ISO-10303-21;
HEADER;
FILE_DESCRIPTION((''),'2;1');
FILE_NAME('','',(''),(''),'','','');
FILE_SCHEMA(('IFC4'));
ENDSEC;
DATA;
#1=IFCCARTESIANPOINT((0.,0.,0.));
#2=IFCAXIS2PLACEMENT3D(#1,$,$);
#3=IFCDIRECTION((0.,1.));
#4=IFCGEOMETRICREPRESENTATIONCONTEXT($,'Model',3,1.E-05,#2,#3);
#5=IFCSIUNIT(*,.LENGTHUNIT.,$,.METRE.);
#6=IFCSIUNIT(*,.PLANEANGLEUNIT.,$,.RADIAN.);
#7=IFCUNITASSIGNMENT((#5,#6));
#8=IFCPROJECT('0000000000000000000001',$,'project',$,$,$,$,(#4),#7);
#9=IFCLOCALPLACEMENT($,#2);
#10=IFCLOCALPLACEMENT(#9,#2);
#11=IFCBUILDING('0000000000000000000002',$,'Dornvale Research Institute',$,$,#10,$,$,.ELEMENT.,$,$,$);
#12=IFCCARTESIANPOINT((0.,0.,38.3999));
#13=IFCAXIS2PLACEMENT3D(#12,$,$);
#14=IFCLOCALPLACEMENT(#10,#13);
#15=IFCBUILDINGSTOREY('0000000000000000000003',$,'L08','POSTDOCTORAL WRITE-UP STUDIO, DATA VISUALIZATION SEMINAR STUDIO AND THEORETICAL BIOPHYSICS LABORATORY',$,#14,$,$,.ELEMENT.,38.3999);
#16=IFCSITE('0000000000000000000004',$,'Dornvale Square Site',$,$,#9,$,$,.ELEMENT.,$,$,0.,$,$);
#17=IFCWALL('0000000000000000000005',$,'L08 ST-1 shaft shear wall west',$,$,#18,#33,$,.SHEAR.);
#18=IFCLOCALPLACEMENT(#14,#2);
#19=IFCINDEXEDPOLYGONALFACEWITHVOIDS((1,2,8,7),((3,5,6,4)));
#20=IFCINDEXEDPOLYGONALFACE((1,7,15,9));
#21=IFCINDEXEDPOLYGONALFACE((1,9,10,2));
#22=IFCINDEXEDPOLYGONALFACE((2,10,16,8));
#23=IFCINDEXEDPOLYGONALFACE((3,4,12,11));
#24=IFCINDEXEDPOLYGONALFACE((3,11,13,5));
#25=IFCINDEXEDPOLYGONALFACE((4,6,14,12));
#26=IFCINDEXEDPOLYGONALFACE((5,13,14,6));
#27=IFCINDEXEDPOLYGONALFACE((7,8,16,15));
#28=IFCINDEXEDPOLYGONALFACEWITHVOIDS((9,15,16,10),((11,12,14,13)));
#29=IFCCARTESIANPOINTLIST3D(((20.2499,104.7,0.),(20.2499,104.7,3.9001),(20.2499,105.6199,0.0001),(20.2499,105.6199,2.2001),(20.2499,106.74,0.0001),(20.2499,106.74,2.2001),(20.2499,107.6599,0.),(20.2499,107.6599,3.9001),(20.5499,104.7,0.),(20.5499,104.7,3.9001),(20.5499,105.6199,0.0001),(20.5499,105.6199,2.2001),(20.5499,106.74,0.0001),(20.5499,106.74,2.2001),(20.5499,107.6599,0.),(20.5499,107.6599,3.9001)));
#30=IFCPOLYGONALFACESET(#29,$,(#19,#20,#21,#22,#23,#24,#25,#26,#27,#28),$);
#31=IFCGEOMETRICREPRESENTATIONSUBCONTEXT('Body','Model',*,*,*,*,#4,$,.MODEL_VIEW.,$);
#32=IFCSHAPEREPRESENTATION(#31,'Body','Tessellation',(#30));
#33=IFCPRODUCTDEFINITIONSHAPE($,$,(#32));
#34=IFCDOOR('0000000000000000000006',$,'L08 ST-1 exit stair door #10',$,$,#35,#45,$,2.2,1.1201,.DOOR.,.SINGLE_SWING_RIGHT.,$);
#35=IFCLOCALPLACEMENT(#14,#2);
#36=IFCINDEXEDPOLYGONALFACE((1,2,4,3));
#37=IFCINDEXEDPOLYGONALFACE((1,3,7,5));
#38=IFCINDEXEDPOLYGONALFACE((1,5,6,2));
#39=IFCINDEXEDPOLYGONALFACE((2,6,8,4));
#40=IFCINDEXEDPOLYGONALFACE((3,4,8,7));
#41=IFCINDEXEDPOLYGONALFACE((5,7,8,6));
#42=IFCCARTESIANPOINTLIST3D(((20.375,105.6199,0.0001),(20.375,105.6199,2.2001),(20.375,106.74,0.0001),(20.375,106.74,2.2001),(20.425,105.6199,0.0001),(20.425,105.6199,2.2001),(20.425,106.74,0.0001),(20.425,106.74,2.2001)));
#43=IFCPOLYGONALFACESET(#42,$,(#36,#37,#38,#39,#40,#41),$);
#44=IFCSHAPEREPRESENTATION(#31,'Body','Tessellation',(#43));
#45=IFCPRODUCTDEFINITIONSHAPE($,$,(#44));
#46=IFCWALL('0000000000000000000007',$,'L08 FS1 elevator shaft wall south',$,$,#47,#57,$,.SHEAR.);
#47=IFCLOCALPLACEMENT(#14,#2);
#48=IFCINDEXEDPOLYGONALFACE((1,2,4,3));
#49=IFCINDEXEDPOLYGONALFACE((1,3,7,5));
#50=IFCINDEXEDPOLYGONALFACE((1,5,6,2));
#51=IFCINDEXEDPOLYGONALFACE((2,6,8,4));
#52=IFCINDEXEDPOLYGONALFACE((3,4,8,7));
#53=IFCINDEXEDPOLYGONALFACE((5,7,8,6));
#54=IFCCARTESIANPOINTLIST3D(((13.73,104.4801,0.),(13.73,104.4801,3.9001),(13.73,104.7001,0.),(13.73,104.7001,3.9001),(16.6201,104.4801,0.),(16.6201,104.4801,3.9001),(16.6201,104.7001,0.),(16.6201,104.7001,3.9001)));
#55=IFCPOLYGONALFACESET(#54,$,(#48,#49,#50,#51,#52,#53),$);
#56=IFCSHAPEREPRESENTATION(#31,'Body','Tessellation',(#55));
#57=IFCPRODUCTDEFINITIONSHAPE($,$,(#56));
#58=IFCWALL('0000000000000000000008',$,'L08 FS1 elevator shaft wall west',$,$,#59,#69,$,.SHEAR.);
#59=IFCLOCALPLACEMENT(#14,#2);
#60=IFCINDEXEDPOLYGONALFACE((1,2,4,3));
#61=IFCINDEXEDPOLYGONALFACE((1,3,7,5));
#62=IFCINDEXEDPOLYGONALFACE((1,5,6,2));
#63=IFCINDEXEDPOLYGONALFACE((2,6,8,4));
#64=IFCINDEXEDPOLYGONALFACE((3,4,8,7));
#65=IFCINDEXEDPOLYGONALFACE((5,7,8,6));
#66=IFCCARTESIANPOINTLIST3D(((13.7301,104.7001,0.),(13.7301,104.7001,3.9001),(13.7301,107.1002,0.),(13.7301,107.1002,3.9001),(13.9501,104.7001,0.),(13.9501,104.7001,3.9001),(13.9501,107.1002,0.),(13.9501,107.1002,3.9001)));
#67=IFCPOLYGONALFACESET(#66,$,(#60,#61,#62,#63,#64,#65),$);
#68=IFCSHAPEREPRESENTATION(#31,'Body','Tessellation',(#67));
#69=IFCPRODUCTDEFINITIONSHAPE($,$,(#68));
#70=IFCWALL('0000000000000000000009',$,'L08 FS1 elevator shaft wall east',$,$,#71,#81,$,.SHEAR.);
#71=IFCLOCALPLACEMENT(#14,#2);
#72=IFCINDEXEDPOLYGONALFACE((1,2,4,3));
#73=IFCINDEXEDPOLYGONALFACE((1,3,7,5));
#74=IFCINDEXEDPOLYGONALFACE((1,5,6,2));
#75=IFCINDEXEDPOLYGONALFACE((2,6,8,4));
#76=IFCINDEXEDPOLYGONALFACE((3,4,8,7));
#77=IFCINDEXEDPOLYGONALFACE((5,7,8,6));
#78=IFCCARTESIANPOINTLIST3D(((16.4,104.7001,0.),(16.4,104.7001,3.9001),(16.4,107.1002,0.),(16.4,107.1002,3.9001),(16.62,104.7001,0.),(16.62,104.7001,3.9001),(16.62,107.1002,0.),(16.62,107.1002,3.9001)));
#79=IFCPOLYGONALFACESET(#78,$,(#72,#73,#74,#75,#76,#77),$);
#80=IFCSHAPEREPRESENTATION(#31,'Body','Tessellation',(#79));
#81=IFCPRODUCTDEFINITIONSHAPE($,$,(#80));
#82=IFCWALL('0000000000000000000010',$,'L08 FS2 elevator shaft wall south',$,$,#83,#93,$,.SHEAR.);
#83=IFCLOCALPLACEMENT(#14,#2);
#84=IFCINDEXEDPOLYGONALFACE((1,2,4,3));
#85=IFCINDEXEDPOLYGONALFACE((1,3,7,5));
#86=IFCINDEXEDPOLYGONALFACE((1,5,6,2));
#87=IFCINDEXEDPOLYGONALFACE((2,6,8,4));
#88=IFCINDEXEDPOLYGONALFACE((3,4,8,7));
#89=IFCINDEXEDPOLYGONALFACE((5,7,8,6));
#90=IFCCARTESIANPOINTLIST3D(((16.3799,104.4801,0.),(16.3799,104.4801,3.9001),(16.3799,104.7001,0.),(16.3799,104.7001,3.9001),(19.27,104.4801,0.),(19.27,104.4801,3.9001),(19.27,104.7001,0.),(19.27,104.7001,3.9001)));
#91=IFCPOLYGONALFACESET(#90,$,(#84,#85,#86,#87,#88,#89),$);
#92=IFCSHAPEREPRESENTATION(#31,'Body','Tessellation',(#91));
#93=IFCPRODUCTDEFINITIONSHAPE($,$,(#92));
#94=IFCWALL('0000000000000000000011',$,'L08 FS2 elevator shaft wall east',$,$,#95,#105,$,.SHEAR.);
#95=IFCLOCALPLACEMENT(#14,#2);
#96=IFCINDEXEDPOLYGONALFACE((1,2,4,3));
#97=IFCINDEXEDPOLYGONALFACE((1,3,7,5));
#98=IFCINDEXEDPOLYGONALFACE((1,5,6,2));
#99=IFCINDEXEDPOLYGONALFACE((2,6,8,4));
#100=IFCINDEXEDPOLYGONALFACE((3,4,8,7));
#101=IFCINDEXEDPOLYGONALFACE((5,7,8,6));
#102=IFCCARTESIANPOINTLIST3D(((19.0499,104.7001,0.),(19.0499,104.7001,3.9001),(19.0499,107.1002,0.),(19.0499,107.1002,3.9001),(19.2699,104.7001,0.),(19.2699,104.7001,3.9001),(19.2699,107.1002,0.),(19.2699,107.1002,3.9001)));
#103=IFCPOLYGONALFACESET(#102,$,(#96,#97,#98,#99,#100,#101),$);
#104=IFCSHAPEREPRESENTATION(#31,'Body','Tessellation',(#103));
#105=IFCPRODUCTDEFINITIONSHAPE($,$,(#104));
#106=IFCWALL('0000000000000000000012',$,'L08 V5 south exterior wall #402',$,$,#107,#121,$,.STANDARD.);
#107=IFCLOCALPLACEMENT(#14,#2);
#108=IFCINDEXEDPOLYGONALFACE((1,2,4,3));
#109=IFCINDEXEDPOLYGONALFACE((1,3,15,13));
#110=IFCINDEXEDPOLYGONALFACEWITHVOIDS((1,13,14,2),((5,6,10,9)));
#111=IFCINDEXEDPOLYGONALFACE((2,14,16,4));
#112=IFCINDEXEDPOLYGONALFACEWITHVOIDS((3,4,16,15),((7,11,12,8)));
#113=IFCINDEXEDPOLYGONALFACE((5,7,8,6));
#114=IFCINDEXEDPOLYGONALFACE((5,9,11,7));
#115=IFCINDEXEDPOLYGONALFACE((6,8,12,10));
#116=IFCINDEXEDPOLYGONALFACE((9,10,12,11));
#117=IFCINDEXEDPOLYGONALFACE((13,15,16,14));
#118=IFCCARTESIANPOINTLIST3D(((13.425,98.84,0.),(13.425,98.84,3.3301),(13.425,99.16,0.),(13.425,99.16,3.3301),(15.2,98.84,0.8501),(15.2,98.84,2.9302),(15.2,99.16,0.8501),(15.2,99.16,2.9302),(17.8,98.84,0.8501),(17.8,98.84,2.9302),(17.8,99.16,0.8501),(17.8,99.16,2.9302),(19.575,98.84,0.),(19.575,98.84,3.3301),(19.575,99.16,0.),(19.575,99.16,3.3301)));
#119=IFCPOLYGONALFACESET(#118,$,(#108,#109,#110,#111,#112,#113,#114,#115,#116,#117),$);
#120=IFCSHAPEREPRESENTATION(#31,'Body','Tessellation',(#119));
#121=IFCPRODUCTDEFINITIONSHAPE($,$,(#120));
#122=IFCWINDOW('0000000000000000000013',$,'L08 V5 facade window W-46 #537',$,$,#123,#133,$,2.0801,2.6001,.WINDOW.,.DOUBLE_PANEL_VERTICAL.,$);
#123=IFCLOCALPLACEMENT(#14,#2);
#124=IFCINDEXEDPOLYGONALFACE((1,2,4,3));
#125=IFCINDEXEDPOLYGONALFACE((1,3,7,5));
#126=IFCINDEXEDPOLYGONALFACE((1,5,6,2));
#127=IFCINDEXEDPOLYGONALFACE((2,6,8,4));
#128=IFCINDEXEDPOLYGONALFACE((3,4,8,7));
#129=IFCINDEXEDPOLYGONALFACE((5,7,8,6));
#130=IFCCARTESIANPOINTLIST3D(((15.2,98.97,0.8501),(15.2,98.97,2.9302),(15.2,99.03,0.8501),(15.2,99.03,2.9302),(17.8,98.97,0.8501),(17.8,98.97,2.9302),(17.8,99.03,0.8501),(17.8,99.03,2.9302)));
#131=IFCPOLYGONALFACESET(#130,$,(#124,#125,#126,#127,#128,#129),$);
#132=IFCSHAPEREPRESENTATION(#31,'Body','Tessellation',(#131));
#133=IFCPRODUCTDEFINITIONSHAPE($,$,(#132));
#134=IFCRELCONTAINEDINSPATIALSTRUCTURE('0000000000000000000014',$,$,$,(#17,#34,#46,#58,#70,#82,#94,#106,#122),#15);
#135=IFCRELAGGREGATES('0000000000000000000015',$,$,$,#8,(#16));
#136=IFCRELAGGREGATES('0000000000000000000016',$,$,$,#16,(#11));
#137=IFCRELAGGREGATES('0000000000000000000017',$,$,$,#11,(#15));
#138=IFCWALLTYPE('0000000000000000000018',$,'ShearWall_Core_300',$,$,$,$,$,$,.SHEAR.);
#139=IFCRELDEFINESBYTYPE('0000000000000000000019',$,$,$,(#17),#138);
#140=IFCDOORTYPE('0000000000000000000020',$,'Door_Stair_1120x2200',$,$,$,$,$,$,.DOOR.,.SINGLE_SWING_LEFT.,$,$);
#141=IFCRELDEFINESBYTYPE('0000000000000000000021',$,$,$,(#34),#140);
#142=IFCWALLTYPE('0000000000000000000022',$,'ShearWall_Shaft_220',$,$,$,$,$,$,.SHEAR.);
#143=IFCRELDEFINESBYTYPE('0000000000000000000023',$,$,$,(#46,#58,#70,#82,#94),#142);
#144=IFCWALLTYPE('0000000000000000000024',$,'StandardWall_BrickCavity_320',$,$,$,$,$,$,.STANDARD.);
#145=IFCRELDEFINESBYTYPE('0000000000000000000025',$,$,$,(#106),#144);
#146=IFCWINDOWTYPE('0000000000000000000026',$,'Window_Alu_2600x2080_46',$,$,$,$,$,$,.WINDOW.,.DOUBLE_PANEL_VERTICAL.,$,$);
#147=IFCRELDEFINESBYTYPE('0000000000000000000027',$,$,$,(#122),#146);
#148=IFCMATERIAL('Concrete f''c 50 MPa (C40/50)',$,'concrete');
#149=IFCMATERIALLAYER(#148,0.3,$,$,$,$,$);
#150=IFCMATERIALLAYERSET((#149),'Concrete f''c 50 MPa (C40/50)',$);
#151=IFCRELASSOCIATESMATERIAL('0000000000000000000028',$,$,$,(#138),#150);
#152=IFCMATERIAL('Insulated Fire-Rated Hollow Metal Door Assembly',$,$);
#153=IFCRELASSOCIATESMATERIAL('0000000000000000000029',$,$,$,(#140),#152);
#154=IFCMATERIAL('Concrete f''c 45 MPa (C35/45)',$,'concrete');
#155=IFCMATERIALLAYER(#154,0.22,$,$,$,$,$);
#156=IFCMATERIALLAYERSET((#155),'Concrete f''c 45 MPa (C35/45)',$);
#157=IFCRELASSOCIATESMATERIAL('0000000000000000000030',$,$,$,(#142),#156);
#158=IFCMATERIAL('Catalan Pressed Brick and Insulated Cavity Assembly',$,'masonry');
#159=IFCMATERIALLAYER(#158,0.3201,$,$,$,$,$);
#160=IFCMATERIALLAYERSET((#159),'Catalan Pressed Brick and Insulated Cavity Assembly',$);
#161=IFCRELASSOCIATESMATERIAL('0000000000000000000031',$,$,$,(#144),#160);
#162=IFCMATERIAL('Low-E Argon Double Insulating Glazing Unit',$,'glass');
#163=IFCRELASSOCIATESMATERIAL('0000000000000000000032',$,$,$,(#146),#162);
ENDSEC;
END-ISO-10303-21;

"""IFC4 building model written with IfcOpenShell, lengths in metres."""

from ifc_helpers import new_model, si_unit, direction, frame, frame_2d, origin, place, context, subcontext, project, spatial, rectangle, extrude, material, layer, layer_set, type_object, element, fill, save


model = new_model("IFC4")

# Units and contexts
model_context = context("Model", 3, precision=1e-05, world=origin(), true_north=direction((0.0, 1.0)))
body_context = subcontext(model_context, "Body", "Model", "MODEL_VIEW")
ifc_project = project(units=[si_unit("LENGTHUNIT", "METRE"), si_unit("PLANEANGLEUNIT", "RADIAN")], contexts=[model_context])

# Site, building, storey
site_placement = place(None, origin())
site = spatial("IfcSite", under=ifc_project, at=site_placement, Name="Dornvale Square Site", CompositionType="ELEMENT", RefElevation=0.0)
building_placement = place(site_placement, origin())
building = spatial("IfcBuilding", under=site, at=building_placement, Name="Dornvale Research Institute", CompositionType="ELEMENT")
storey_placement = place(building_placement, frame((0.0, 0.0, 38.3999)))
storey = spatial("IfcBuildingStorey", under=building, at=storey_placement, Name="L08", Description="POSTDOCTORAL WRITE-UP STUDIO, DATA VISUALIZATION SEMINAR STUDIO AND THEORETICAL BIOPHYSICS LABORATORY", CompositionType="ELEMENT", Elevation=38.3999)

# Shared definitions
ifc_material_1 = material(Name="Concrete f'c 50 MPa (C40/50)", Category="concrete")
ifc_layer_1 = layer(ifc_material_1, 0.3)
ifc_layer_set_1 = layer_set([ifc_layer_1], Name="Concrete f'c 50 MPa (C40/50)")
wall_type_1 = type_object("IfcWallType", Name="ShearWall_Core_300", PredefinedType="SHEAR", material=ifc_layer_set_1)

# Wall, opening, door
wall_1_placement = place(storey_placement, frame((20.3999, 104.7, 0.0), z_axis=(0.0, 0.0, 1.0), x_axis=(0.0, 1.0, 0.0)))
wall_1 = element("IfcWall", 1, at=wall_1_placement, inside=storey, type_object=wall_type_1, Name="L08 ST-1 shaft shear wall west", PredefinedType="SHEAR", context=body_context, shape_type="SweptSolid", body=[
    extrude(rectangle(XDim=2.96, YDim=0.3, at=frame_2d((1.48, 0.0))), origin(), (0.0, 0.0, 1.0), 3.9001),
])
opening_1_placement = place(wall_1_placement, frame((0.9199, 0.0, 0.0)))
opening_1 = element("IfcOpeningElement", 2, at=opening_1_placement, cuts=wall_1, PredefinedType="OPENING", context=body_context, shape_type="SweptSolid", body=[
    extrude(rectangle(XDim=1.1201, YDim=2.2, at=frame_2d((0.5601, 1.1001))), frame((0.0, 0.165, 0.0), z_axis=(0.0, -1.0, 0.0), x_axis=(1.0, 0.0, 0.0)), (0.0, 0.0, 1.0), 0.3301),
])
ifc_material_2 = material(Name="Insulated Fire-Rated Hollow Metal Door Assembly")
door_type_1 = type_object("IfcDoorType", Name="Door_Stair_1120x2200", OperationType="SINGLE_SWING_LEFT", PredefinedType="DOOR", material=ifc_material_2)
door_1_placement = place(opening_1_placement, origin())
door_1 = element("IfcDoor", 3, at=door_1_placement, inside=storey, type_object=door_type_1, Name="L08 ST-1 exit stair door #10", OperationType="SINGLE_SWING_RIGHT", OverallHeight=2.2, OverallWidth=1.1201, PredefinedType="DOOR", context=body_context, shape_type="SweptSolid", body=[
    extrude(rectangle(XDim=1.1201, YDim=2.2, at=frame_2d((0.5601, 1.1001))), frame((0.0, 0.0249, 0.0), z_axis=(0.0, -1.0, 0.0), x_axis=(1.0, 0.0, 0.0)), (0.0, 0.0, 1.0), 0.05),
])
fill(opening_1, door_1)

# Walls
ifc_material_3 = material(Name="Concrete f'c 45 MPa (C35/45)", Category="concrete")
ifc_layer_2 = layer(ifc_material_3, 0.22)
ifc_layer_set_2 = layer_set([ifc_layer_2], Name="Concrete f'c 45 MPa (C35/45)")
wall_type_2 = type_object("IfcWallType", Name="ShearWall_Shaft_220", PredefinedType="SHEAR", material=ifc_layer_set_2)
wall_2_placement = place(storey_placement, frame((13.73, 104.5901, 0.0), z_axis=(0.0, 0.0, 1.0), x_axis=(1.0, 0.0, 0.0)))
element("IfcWall", 4, at=wall_2_placement, inside=storey, type_object=wall_type_2, Name="L08 FS1 elevator shaft wall south", PredefinedType="SHEAR", context=body_context, shape_type="SweptSolid", body=[
    extrude(rectangle(XDim=2.8901, YDim=0.22, at=frame_2d((1.4451, 0.0))), origin(), (0.0, 0.0, 1.0), 3.9001),
])
for number, where, z_axis, x_axis, name in (
    (5, (13.8401, 104.7, 0.0), (0.0, 0.0, 1.0), (0.0, 1.0, 0.0), "L08 FS1 elevator shaft wall west"),
    (6, (16.51, 104.7, 0.0), (0.0, 0.0, 1.0), (0.0, 1.0, 0.0), "L08 FS1 elevator shaft wall east"),
):
    element("IfcWall", number, at=place(storey_placement, frame(where, z_axis=z_axis, x_axis=x_axis)), inside=storey, type_object=wall_type_2, Name=name, PredefinedType="SHEAR", context=body_context, shape_type="SweptSolid", body=[
        extrude(rectangle(XDim=2.4001, YDim=0.22, at=frame_2d((1.2002, 0.0))), origin(), (0.0, 0.0, 1.0), 3.9001),
    ])
wall_3_placement = place(storey_placement, frame((16.3799, 104.5901, 0.0), z_axis=(0.0, 0.0, 1.0), x_axis=(1.0, 0.0, 0.0)))
element("IfcWall", 7, at=wall_3_placement, inside=storey, type_object=wall_type_2, Name="L08 FS2 elevator shaft wall south", PredefinedType="SHEAR", context=body_context, shape_type="SweptSolid", body=[
    extrude(rectangle(XDim=2.8901, YDim=0.22, at=frame_2d((1.4451, 0.0))), origin(), (0.0, 0.0, 1.0), 3.9001),
])
wall_4_placement = place(storey_placement, frame((19.1599, 104.7, 0.0), z_axis=(0.0, 0.0, 1.0), x_axis=(0.0, 1.0, 0.0)))
element("IfcWall", 8, at=wall_4_placement, inside=storey, type_object=wall_type_2, Name="L08 FS2 elevator shaft wall east", PredefinedType="SHEAR", context=body_context, shape_type="SweptSolid", body=[
    extrude(rectangle(XDim=2.4001, YDim=0.22, at=frame_2d((1.2002, 0.0))), origin(), (0.0, 0.0, 1.0), 3.9001),
])

# Wall, opening, window
ifc_material_4 = material(Name="Catalan Pressed Brick and Insulated Cavity Assembly", Category="masonry")
ifc_layer_3 = layer(ifc_material_4, 0.3201)
ifc_layer_set_3 = layer_set([ifc_layer_3], Name="Catalan Pressed Brick and Insulated Cavity Assembly")
wall_type_3 = type_object("IfcWallType", Name="StandardWall_BrickCavity_320", PredefinedType="STANDARD", material=ifc_layer_set_3)
wall_5_placement = place(storey_placement, frame((19.575, 99.0, 0.0), z_axis=(0.0, 0.0, 1.0), x_axis=(-1.0, 0.0, 0.0)))
wall_5 = element("IfcWall", 9, at=wall_5_placement, inside=storey, type_object=wall_type_3, Name="L08 V5 south exterior wall #402", PredefinedType="STANDARD", context=body_context, shape_type="SweptSolid", body=[
    extrude(rectangle(XDim=6.1499, YDim=0.3201, at=frame_2d((3.075, 0.0))), origin(), (0.0, 0.0, 1.0), 3.3301),
])
opening_2_placement = place(wall_5_placement, frame((1.7749, 0.0, 0.8501)))
opening_2 = element("IfcOpeningElement", 10, at=opening_2_placement, cuts=wall_5, PredefinedType="OPENING", context=body_context, shape_type="SweptSolid", body=[
    extrude(rectangle(XDim=2.6001, YDim=2.0801, at=frame_2d((1.3, 1.04))), frame((0.0, 0.175, 0.0), z_axis=(0.0, -1.0, 0.0), x_axis=(1.0, 0.0, 0.0)), (0.0, 0.0, 1.0), 0.3501),
])
ifc_material_5 = material(Name="Low-E Argon Double Insulating Glazing Unit", Category="glass")
window_type = type_object("IfcWindowType", Name="Window_Alu_2600x2080_46", PartitioningType="DOUBLE_PANEL_VERTICAL", PredefinedType="WINDOW", material=ifc_material_5)
window_placement = place(opening_2_placement, origin())
window = element("IfcWindow", 11, at=window_placement, inside=storey, type_object=window_type, Name="L08 V5 facade window W-46 #537", OverallHeight=2.0801, OverallWidth=2.6001, PartitioningType="DOUBLE_PANEL_VERTICAL", PredefinedType="WINDOW", context=body_context, shape_type="SweptSolid", body=[
    extrude(rectangle(XDim=2.6001, YDim=2.0801, at=frame_2d((1.3, 1.04))), frame((0.0, 0.03, 0.0), z_axis=(0.0, -1.0, 0.0), x_axis=(1.0, 0.0, 0.0)), (0.0, 0.0, 1.0), 0.0601),
])
fill(opening_2, window)

save(model, "model.ifc")
